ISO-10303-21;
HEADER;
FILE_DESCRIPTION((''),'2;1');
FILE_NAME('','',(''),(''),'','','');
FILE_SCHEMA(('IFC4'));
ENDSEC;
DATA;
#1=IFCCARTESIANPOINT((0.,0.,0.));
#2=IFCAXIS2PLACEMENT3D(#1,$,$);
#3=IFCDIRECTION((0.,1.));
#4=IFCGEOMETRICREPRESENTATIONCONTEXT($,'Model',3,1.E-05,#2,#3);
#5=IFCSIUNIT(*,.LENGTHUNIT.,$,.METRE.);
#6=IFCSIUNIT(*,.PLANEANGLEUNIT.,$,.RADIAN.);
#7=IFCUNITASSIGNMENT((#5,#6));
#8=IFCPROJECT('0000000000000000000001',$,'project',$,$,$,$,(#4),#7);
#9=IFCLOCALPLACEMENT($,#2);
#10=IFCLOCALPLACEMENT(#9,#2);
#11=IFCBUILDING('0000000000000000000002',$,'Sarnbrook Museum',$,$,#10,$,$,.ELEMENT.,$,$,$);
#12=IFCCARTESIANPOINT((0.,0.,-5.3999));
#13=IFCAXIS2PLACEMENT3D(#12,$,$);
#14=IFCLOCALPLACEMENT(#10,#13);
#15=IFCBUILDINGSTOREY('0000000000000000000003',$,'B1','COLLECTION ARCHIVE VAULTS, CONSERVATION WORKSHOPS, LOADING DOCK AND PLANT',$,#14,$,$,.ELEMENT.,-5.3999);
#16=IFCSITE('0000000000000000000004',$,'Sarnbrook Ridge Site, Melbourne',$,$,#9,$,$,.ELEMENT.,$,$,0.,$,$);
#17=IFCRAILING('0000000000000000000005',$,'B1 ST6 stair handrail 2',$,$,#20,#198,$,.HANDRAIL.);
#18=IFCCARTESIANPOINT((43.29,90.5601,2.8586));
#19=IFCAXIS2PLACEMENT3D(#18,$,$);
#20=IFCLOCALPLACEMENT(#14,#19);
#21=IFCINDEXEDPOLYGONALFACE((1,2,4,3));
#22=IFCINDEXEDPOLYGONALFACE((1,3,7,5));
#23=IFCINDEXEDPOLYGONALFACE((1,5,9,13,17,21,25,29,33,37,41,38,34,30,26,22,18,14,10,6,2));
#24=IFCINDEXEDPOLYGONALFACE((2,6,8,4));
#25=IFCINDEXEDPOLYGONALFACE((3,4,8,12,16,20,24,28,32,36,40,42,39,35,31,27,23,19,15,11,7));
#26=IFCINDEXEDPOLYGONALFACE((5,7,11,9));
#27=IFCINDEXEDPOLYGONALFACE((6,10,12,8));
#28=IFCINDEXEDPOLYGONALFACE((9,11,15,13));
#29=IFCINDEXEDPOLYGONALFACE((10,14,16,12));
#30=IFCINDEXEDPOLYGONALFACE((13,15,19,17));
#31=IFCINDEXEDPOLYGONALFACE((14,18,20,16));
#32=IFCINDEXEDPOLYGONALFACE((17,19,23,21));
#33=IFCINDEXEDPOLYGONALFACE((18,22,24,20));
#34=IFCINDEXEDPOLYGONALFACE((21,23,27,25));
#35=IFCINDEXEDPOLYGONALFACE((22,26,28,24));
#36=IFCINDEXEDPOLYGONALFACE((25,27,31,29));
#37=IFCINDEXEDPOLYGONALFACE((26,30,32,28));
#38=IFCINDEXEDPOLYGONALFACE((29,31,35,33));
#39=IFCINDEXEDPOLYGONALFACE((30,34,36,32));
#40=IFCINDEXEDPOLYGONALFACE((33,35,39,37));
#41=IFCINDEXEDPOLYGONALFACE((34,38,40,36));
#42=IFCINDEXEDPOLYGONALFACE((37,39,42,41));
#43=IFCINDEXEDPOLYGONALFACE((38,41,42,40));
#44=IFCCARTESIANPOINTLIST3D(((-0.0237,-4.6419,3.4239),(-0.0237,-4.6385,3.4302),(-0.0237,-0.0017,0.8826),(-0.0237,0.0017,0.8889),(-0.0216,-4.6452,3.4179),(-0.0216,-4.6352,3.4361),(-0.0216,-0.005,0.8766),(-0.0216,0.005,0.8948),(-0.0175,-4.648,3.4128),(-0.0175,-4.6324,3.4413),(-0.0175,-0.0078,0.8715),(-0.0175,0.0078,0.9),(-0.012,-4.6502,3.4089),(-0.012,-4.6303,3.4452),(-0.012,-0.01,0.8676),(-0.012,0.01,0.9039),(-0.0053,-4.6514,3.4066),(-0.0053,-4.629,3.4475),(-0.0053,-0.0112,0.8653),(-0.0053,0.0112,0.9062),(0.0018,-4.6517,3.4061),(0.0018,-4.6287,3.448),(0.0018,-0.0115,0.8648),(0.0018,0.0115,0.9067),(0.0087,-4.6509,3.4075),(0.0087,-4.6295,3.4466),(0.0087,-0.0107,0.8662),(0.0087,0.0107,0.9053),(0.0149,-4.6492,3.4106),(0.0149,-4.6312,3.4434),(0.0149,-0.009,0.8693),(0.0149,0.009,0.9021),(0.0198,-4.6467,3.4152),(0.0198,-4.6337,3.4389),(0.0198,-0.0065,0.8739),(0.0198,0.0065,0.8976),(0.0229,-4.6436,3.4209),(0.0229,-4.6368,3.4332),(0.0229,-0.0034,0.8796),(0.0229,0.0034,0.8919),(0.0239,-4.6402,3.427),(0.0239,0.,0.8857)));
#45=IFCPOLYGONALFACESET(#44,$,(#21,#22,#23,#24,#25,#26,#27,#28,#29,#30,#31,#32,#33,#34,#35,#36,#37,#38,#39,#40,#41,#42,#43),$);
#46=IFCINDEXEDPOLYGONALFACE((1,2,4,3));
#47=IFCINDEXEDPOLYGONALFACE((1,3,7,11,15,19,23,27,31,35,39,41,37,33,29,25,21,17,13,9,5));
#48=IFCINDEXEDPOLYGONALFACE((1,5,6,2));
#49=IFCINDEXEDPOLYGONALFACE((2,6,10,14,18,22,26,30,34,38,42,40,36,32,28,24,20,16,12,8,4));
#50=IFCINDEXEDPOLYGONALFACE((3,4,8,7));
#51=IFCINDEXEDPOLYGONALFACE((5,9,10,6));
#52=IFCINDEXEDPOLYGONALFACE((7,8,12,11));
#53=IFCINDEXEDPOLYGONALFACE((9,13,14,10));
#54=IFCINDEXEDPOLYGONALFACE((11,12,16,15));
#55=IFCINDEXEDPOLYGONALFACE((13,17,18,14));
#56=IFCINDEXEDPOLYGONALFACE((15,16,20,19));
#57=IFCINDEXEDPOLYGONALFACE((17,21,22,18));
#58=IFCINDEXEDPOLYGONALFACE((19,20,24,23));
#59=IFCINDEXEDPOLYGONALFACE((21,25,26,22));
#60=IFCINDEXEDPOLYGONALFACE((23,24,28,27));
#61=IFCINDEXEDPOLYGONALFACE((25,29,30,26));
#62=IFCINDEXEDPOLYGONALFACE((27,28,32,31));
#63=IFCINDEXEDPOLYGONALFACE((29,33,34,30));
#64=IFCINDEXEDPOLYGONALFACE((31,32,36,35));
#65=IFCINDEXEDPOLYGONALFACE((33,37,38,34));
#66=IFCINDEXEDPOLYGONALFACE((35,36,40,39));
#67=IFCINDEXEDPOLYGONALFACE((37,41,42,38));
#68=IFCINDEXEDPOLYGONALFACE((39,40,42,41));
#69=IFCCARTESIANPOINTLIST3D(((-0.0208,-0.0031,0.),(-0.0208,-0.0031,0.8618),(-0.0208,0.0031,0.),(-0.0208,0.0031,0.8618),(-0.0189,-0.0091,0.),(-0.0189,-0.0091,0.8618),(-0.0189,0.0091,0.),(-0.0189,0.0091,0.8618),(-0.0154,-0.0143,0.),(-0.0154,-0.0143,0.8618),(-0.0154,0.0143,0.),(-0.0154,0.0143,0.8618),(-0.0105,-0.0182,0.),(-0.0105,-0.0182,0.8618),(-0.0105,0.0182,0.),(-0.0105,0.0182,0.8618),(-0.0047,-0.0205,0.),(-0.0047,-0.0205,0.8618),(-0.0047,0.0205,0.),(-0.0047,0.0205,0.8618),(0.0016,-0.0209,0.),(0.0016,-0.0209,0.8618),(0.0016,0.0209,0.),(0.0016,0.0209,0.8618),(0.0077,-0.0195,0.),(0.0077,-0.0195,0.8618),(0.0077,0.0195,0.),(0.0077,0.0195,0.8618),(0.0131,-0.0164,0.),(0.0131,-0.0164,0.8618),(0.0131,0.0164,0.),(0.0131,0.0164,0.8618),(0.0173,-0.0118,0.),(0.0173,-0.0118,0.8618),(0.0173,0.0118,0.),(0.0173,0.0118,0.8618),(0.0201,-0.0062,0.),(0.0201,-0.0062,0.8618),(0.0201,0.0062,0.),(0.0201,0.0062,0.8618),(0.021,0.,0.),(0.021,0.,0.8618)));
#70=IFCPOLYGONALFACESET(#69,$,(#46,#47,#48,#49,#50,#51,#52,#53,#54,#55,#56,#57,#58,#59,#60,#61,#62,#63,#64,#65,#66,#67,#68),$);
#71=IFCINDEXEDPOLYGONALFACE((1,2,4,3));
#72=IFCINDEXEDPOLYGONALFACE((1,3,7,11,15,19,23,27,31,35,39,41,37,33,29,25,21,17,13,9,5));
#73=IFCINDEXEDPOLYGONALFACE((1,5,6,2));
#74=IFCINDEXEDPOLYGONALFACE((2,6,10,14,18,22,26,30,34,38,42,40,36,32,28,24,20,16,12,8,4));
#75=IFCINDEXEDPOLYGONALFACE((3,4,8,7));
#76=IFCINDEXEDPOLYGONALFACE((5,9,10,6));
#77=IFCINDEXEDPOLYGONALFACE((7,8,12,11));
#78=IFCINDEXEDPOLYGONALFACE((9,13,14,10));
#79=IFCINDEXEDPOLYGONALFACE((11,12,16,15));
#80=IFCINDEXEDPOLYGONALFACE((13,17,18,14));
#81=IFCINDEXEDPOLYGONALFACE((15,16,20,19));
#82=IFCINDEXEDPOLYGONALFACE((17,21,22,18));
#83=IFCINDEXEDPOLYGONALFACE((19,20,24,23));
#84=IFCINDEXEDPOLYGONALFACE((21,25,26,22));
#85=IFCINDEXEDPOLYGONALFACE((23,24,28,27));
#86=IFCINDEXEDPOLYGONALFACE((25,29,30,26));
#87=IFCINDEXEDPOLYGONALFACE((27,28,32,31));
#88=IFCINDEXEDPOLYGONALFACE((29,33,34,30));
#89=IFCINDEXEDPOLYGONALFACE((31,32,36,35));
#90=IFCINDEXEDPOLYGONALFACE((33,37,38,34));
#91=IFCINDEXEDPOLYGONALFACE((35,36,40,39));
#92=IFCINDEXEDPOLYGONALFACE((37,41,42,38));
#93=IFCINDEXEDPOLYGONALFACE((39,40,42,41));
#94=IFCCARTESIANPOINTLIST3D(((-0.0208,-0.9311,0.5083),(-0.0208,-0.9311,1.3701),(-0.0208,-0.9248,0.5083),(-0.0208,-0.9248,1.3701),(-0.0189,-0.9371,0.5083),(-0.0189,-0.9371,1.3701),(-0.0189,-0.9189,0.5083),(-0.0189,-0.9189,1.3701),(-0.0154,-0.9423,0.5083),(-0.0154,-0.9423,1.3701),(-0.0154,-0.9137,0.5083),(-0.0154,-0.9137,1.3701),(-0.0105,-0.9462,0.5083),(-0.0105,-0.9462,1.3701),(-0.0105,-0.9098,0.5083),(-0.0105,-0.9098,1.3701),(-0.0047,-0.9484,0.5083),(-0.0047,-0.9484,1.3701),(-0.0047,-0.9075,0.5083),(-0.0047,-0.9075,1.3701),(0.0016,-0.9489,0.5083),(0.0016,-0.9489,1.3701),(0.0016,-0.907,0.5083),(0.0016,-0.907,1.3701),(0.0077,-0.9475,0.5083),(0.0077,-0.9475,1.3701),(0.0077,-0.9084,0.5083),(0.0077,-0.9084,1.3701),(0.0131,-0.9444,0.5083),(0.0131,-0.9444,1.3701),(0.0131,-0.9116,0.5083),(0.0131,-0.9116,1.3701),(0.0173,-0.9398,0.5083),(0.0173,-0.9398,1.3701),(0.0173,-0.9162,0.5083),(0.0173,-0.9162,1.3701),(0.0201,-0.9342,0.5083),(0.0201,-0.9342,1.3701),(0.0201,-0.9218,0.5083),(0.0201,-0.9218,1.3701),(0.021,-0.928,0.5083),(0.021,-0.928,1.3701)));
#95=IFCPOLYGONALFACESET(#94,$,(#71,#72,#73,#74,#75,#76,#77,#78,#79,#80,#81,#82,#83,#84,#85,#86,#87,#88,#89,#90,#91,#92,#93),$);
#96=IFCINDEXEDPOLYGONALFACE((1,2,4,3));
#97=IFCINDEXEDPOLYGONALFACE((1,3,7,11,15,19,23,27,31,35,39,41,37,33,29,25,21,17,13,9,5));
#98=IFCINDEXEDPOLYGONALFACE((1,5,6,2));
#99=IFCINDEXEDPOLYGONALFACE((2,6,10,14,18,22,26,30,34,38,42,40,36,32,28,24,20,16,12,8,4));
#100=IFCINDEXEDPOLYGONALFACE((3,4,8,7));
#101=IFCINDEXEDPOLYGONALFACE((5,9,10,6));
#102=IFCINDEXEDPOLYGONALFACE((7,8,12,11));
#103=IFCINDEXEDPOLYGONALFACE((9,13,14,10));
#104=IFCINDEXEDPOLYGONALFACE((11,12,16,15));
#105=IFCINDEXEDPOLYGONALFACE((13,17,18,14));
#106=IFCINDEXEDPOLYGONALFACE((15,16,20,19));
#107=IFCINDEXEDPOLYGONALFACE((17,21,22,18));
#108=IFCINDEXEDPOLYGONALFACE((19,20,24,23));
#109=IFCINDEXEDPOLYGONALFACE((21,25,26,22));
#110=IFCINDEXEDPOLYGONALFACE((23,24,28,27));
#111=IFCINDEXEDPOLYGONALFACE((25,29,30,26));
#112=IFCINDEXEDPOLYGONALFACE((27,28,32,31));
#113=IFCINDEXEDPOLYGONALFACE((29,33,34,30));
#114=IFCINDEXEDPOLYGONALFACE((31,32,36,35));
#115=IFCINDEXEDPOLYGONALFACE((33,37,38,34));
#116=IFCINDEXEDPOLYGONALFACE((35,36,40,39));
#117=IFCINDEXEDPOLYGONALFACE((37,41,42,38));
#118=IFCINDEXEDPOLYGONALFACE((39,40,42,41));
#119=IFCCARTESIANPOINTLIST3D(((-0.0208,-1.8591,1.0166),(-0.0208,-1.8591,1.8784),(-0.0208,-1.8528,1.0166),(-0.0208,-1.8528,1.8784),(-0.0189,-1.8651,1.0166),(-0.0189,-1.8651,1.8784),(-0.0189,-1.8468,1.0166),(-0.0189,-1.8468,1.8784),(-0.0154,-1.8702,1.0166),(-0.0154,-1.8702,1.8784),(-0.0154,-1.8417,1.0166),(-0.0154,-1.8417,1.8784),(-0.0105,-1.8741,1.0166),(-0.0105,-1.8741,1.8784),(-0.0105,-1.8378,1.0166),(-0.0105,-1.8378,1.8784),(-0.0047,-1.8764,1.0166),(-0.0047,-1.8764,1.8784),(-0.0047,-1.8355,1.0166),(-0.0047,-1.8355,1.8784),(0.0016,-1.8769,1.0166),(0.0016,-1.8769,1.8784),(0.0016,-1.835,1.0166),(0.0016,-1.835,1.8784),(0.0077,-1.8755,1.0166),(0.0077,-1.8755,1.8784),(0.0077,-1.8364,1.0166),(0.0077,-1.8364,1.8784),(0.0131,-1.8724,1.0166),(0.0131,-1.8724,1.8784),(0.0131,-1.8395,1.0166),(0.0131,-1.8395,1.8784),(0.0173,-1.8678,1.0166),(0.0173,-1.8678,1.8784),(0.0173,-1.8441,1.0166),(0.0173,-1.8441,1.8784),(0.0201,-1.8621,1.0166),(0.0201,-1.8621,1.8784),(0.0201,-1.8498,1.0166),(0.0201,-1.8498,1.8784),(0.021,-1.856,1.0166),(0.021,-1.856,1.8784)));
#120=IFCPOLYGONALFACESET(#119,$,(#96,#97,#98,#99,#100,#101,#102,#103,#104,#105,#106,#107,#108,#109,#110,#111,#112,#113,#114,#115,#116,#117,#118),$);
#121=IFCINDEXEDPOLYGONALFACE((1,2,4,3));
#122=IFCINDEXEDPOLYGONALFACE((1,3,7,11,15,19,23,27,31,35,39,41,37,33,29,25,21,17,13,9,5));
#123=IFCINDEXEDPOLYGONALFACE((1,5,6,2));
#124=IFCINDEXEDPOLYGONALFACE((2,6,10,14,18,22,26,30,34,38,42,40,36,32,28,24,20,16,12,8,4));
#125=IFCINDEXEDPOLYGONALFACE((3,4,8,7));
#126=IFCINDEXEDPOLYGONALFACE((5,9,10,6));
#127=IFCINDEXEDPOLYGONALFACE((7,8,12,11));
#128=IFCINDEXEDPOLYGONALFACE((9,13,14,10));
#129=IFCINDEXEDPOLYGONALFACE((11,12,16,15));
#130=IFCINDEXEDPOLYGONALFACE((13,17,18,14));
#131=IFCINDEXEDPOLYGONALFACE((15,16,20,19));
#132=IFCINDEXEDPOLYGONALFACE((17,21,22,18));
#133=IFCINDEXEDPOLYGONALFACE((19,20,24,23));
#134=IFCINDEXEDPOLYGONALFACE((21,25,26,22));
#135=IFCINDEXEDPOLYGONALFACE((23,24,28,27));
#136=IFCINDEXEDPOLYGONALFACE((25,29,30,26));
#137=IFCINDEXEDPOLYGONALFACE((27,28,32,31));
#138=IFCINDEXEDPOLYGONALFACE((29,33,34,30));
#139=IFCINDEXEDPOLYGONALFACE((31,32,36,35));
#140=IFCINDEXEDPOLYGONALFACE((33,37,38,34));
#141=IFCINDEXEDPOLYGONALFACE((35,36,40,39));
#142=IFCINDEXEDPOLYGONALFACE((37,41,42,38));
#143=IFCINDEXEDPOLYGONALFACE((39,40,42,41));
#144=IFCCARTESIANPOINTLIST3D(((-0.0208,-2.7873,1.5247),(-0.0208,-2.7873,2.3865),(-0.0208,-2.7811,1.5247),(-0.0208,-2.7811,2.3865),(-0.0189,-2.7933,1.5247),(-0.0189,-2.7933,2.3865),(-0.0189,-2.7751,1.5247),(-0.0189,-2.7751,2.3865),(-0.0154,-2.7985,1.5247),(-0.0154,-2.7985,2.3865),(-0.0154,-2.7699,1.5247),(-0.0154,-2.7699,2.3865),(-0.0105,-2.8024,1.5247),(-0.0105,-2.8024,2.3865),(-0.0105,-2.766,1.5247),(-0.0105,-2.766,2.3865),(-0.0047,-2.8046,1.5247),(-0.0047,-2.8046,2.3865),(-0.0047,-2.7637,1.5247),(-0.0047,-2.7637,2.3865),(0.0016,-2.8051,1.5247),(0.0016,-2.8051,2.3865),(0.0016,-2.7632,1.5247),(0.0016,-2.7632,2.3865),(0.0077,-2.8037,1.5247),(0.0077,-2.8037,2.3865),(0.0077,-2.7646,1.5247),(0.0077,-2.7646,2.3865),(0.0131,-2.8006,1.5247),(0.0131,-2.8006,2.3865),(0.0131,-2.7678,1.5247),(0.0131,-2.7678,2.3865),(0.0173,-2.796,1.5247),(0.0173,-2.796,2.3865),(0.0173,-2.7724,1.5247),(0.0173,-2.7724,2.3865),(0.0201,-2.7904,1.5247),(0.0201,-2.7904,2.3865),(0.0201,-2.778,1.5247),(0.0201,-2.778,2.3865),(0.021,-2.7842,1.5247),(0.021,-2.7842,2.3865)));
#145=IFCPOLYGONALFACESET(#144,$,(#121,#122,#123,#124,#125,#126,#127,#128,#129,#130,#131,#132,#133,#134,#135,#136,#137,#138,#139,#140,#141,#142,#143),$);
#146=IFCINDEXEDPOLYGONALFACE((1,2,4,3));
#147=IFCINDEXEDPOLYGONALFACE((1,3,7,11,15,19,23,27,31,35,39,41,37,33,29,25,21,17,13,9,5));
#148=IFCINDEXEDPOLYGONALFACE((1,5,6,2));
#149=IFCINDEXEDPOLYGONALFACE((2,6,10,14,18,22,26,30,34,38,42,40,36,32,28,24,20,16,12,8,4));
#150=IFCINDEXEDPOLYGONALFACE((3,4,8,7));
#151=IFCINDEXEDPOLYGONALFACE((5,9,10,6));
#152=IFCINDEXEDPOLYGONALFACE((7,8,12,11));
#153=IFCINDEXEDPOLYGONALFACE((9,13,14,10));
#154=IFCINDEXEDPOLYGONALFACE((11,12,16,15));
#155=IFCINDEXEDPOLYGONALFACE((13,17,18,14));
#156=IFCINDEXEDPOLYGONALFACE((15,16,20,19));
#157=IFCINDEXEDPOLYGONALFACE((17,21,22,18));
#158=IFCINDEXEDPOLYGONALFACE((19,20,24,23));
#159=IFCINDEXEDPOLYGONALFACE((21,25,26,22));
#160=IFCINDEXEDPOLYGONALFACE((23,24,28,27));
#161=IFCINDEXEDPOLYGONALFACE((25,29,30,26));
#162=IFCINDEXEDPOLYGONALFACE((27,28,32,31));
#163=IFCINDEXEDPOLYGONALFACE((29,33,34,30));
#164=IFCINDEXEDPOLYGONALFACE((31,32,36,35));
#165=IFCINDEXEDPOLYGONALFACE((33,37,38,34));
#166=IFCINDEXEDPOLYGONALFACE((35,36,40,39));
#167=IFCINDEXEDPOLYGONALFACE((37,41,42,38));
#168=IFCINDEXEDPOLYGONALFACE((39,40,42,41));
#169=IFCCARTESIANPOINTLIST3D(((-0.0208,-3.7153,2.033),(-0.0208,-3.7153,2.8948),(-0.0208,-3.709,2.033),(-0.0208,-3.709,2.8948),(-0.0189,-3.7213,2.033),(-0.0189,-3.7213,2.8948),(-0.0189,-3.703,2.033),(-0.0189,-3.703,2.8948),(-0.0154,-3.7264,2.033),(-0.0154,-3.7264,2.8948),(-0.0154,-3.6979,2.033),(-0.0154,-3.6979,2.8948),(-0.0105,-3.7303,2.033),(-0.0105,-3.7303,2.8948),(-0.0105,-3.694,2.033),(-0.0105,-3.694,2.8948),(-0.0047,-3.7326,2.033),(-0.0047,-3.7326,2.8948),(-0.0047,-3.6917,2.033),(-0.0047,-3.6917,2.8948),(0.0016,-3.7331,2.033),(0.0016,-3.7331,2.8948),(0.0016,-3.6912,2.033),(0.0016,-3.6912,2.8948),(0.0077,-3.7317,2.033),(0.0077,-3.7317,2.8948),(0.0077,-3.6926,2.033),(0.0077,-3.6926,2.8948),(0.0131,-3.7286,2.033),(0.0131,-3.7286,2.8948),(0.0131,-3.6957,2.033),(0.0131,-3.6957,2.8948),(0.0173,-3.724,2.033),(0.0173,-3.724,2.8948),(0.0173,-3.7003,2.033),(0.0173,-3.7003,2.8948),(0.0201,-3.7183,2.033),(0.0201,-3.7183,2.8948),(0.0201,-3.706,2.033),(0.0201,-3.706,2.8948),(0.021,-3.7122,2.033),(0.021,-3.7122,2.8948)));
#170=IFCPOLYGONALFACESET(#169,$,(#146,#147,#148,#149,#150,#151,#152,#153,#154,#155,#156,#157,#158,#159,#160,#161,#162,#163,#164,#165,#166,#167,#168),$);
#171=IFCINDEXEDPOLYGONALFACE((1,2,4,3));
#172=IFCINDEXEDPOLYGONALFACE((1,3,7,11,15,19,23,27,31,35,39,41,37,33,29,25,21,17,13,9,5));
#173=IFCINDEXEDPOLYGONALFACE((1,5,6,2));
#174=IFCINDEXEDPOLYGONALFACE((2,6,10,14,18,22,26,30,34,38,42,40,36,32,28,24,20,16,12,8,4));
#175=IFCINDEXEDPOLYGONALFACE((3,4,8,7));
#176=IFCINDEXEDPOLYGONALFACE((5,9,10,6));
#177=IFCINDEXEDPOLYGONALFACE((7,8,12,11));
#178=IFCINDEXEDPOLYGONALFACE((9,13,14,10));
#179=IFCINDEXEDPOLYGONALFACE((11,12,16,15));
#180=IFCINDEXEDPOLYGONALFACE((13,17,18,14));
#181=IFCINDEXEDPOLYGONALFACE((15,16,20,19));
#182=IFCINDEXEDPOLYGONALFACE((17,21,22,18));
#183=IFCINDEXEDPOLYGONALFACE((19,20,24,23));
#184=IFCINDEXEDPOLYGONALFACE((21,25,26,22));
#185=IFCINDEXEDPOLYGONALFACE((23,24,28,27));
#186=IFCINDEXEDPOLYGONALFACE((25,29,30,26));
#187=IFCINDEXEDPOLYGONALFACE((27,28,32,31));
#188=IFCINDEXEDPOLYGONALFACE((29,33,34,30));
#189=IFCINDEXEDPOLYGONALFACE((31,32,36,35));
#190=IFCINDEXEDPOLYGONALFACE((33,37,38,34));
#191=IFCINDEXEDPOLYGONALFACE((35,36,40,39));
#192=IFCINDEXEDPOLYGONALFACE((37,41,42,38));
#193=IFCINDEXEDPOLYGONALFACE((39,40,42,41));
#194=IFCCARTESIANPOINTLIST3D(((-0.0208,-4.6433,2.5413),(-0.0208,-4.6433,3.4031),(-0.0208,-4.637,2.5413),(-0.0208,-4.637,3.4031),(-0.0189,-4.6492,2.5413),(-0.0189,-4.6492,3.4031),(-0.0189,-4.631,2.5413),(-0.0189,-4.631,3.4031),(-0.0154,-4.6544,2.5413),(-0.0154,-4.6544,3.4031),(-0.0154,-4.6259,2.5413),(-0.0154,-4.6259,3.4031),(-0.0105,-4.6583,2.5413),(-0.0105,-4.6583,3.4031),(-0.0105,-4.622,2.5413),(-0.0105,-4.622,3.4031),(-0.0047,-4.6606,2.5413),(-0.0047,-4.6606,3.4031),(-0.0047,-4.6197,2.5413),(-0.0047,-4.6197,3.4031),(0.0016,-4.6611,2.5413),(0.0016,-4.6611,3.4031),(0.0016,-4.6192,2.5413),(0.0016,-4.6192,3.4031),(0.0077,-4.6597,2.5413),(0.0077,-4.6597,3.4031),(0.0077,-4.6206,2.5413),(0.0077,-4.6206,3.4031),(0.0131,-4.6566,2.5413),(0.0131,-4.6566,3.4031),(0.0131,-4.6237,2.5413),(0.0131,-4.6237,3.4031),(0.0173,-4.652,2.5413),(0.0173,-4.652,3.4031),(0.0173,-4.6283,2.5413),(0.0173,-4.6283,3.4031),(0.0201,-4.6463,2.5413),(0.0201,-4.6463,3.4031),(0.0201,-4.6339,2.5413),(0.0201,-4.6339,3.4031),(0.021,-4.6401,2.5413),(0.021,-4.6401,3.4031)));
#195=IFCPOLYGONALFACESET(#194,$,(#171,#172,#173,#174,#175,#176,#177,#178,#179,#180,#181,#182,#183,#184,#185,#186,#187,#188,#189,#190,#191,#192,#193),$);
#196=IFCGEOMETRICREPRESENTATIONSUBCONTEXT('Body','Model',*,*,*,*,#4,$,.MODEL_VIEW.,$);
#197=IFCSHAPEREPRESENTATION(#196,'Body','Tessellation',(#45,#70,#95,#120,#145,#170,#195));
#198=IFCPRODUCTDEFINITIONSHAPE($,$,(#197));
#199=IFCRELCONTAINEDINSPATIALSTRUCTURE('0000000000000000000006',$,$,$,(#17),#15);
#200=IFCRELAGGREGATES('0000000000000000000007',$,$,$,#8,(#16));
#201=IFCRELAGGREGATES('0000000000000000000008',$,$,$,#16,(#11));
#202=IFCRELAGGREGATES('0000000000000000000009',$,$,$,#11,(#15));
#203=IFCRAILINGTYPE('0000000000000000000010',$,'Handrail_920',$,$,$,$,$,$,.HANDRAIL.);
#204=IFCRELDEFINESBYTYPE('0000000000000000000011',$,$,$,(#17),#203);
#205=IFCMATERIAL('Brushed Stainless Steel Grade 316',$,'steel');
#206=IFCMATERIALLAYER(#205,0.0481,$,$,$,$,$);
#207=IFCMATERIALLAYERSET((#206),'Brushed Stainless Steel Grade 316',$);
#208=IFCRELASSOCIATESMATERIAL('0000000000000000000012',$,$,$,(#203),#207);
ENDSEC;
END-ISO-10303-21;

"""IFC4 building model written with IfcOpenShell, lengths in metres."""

from ifc_helpers import new_model, si_unit, direction, frame, origin, origin_2d, place, context, subcontext, project, spatial, circle, extrude, material, layer, layer_set, type_object, element, save


model = new_model("IFC4")

# Units and contexts
model_context = context("Model", 3, precision=1e-05, world=origin(), true_north=direction((0.0, 1.0)))
body_context = subcontext(model_context, "Body", "Model", "MODEL_VIEW")
ifc_project = project(units=[si_unit("LENGTHUNIT", "METRE"), si_unit("PLANEANGLEUNIT", "RADIAN")], contexts=[model_context])

# Site, building, storey
site_placement = place(None, origin())
site = spatial("IfcSite", under=ifc_project, at=site_placement, Name="Sarnbrook Ridge Site, Melbourne", CompositionType="ELEMENT", RefElevation=0.0)
building_placement = place(site_placement, origin())
building = spatial("IfcBuilding", under=site, at=building_placement, Name="Sarnbrook Museum", CompositionType="ELEMENT")
storey_placement = place(building_placement, frame((0.0, 0.0, -5.3999)))
storey = spatial("IfcBuildingStorey", under=building, at=storey_placement, Name="B1", Description="COLLECTION ARCHIVE VAULTS, CONSERVATION WORKSHOPS, LOADING DOCK AND PLANT", CompositionType="ELEMENT", Elevation=-5.3999)

# Railing
ifc_material_1 = material(Name="Brushed Stainless Steel Grade 316", Category="steel")
ifc_layer_1 = layer(ifc_material_1, 0.0481)
ifc_layer_set_1 = layer_set([ifc_layer_1], Name="Brushed Stainless Steel Grade 316")
railing_type_1 = type_object("IfcRailingType", Name="Handrail_920", PredefinedType="HANDRAIL", material=ifc_layer_set_1)
railing_1_placement = place(storey_placement, frame((43.29, 90.5601, 2.8586)))
element("IfcRailing", 1, at=railing_1_placement, inside=storey, type_object=railing_type_1, Name="B1 ST6 stair handrail 2", PredefinedType="HANDRAIL", context=body_context, shape_type="SweptSolid", body=[
    extrude(circle(Radius=0.0239, at=origin_2d()), frame((0.0, 0.0, 0.8857), z_axis=(0.0, -0.877078, 0.480348), x_axis=(1.0, 0.0, 0.0)), (0.0, 0.0, 1.0), 5.2905),
    extrude(circle(Radius=0.021, at=origin_2d()), origin(), (0.0, 0.0, 1.0), 0.8618),
    extrude(circle(Radius=0.021, at=origin_2d()), frame((0.0, -0.928, 0.5083)), (0.0, 0.0, 1.0), 0.8618),
    extrude(circle(Radius=0.021, at=origin_2d()), frame((0.0, -1.856, 1.0166)), (0.0, 0.0, 1.0), 0.8618),
    extrude(circle(Radius=0.021, at=origin_2d()), frame((0.0, -2.7842, 1.5247)), (0.0, 0.0, 1.0), 0.8618),
    extrude(circle(Radius=0.021, at=origin_2d()), frame((0.0, -3.7122, 2.033)), (0.0, 0.0, 1.0), 0.8618),
    extrude(circle(Radius=0.021, at=origin_2d()), frame((0.0, -4.6401, 2.5413)), (0.0, 0.0, 1.0), 0.8618),
])

save(model, "model.ifc")
